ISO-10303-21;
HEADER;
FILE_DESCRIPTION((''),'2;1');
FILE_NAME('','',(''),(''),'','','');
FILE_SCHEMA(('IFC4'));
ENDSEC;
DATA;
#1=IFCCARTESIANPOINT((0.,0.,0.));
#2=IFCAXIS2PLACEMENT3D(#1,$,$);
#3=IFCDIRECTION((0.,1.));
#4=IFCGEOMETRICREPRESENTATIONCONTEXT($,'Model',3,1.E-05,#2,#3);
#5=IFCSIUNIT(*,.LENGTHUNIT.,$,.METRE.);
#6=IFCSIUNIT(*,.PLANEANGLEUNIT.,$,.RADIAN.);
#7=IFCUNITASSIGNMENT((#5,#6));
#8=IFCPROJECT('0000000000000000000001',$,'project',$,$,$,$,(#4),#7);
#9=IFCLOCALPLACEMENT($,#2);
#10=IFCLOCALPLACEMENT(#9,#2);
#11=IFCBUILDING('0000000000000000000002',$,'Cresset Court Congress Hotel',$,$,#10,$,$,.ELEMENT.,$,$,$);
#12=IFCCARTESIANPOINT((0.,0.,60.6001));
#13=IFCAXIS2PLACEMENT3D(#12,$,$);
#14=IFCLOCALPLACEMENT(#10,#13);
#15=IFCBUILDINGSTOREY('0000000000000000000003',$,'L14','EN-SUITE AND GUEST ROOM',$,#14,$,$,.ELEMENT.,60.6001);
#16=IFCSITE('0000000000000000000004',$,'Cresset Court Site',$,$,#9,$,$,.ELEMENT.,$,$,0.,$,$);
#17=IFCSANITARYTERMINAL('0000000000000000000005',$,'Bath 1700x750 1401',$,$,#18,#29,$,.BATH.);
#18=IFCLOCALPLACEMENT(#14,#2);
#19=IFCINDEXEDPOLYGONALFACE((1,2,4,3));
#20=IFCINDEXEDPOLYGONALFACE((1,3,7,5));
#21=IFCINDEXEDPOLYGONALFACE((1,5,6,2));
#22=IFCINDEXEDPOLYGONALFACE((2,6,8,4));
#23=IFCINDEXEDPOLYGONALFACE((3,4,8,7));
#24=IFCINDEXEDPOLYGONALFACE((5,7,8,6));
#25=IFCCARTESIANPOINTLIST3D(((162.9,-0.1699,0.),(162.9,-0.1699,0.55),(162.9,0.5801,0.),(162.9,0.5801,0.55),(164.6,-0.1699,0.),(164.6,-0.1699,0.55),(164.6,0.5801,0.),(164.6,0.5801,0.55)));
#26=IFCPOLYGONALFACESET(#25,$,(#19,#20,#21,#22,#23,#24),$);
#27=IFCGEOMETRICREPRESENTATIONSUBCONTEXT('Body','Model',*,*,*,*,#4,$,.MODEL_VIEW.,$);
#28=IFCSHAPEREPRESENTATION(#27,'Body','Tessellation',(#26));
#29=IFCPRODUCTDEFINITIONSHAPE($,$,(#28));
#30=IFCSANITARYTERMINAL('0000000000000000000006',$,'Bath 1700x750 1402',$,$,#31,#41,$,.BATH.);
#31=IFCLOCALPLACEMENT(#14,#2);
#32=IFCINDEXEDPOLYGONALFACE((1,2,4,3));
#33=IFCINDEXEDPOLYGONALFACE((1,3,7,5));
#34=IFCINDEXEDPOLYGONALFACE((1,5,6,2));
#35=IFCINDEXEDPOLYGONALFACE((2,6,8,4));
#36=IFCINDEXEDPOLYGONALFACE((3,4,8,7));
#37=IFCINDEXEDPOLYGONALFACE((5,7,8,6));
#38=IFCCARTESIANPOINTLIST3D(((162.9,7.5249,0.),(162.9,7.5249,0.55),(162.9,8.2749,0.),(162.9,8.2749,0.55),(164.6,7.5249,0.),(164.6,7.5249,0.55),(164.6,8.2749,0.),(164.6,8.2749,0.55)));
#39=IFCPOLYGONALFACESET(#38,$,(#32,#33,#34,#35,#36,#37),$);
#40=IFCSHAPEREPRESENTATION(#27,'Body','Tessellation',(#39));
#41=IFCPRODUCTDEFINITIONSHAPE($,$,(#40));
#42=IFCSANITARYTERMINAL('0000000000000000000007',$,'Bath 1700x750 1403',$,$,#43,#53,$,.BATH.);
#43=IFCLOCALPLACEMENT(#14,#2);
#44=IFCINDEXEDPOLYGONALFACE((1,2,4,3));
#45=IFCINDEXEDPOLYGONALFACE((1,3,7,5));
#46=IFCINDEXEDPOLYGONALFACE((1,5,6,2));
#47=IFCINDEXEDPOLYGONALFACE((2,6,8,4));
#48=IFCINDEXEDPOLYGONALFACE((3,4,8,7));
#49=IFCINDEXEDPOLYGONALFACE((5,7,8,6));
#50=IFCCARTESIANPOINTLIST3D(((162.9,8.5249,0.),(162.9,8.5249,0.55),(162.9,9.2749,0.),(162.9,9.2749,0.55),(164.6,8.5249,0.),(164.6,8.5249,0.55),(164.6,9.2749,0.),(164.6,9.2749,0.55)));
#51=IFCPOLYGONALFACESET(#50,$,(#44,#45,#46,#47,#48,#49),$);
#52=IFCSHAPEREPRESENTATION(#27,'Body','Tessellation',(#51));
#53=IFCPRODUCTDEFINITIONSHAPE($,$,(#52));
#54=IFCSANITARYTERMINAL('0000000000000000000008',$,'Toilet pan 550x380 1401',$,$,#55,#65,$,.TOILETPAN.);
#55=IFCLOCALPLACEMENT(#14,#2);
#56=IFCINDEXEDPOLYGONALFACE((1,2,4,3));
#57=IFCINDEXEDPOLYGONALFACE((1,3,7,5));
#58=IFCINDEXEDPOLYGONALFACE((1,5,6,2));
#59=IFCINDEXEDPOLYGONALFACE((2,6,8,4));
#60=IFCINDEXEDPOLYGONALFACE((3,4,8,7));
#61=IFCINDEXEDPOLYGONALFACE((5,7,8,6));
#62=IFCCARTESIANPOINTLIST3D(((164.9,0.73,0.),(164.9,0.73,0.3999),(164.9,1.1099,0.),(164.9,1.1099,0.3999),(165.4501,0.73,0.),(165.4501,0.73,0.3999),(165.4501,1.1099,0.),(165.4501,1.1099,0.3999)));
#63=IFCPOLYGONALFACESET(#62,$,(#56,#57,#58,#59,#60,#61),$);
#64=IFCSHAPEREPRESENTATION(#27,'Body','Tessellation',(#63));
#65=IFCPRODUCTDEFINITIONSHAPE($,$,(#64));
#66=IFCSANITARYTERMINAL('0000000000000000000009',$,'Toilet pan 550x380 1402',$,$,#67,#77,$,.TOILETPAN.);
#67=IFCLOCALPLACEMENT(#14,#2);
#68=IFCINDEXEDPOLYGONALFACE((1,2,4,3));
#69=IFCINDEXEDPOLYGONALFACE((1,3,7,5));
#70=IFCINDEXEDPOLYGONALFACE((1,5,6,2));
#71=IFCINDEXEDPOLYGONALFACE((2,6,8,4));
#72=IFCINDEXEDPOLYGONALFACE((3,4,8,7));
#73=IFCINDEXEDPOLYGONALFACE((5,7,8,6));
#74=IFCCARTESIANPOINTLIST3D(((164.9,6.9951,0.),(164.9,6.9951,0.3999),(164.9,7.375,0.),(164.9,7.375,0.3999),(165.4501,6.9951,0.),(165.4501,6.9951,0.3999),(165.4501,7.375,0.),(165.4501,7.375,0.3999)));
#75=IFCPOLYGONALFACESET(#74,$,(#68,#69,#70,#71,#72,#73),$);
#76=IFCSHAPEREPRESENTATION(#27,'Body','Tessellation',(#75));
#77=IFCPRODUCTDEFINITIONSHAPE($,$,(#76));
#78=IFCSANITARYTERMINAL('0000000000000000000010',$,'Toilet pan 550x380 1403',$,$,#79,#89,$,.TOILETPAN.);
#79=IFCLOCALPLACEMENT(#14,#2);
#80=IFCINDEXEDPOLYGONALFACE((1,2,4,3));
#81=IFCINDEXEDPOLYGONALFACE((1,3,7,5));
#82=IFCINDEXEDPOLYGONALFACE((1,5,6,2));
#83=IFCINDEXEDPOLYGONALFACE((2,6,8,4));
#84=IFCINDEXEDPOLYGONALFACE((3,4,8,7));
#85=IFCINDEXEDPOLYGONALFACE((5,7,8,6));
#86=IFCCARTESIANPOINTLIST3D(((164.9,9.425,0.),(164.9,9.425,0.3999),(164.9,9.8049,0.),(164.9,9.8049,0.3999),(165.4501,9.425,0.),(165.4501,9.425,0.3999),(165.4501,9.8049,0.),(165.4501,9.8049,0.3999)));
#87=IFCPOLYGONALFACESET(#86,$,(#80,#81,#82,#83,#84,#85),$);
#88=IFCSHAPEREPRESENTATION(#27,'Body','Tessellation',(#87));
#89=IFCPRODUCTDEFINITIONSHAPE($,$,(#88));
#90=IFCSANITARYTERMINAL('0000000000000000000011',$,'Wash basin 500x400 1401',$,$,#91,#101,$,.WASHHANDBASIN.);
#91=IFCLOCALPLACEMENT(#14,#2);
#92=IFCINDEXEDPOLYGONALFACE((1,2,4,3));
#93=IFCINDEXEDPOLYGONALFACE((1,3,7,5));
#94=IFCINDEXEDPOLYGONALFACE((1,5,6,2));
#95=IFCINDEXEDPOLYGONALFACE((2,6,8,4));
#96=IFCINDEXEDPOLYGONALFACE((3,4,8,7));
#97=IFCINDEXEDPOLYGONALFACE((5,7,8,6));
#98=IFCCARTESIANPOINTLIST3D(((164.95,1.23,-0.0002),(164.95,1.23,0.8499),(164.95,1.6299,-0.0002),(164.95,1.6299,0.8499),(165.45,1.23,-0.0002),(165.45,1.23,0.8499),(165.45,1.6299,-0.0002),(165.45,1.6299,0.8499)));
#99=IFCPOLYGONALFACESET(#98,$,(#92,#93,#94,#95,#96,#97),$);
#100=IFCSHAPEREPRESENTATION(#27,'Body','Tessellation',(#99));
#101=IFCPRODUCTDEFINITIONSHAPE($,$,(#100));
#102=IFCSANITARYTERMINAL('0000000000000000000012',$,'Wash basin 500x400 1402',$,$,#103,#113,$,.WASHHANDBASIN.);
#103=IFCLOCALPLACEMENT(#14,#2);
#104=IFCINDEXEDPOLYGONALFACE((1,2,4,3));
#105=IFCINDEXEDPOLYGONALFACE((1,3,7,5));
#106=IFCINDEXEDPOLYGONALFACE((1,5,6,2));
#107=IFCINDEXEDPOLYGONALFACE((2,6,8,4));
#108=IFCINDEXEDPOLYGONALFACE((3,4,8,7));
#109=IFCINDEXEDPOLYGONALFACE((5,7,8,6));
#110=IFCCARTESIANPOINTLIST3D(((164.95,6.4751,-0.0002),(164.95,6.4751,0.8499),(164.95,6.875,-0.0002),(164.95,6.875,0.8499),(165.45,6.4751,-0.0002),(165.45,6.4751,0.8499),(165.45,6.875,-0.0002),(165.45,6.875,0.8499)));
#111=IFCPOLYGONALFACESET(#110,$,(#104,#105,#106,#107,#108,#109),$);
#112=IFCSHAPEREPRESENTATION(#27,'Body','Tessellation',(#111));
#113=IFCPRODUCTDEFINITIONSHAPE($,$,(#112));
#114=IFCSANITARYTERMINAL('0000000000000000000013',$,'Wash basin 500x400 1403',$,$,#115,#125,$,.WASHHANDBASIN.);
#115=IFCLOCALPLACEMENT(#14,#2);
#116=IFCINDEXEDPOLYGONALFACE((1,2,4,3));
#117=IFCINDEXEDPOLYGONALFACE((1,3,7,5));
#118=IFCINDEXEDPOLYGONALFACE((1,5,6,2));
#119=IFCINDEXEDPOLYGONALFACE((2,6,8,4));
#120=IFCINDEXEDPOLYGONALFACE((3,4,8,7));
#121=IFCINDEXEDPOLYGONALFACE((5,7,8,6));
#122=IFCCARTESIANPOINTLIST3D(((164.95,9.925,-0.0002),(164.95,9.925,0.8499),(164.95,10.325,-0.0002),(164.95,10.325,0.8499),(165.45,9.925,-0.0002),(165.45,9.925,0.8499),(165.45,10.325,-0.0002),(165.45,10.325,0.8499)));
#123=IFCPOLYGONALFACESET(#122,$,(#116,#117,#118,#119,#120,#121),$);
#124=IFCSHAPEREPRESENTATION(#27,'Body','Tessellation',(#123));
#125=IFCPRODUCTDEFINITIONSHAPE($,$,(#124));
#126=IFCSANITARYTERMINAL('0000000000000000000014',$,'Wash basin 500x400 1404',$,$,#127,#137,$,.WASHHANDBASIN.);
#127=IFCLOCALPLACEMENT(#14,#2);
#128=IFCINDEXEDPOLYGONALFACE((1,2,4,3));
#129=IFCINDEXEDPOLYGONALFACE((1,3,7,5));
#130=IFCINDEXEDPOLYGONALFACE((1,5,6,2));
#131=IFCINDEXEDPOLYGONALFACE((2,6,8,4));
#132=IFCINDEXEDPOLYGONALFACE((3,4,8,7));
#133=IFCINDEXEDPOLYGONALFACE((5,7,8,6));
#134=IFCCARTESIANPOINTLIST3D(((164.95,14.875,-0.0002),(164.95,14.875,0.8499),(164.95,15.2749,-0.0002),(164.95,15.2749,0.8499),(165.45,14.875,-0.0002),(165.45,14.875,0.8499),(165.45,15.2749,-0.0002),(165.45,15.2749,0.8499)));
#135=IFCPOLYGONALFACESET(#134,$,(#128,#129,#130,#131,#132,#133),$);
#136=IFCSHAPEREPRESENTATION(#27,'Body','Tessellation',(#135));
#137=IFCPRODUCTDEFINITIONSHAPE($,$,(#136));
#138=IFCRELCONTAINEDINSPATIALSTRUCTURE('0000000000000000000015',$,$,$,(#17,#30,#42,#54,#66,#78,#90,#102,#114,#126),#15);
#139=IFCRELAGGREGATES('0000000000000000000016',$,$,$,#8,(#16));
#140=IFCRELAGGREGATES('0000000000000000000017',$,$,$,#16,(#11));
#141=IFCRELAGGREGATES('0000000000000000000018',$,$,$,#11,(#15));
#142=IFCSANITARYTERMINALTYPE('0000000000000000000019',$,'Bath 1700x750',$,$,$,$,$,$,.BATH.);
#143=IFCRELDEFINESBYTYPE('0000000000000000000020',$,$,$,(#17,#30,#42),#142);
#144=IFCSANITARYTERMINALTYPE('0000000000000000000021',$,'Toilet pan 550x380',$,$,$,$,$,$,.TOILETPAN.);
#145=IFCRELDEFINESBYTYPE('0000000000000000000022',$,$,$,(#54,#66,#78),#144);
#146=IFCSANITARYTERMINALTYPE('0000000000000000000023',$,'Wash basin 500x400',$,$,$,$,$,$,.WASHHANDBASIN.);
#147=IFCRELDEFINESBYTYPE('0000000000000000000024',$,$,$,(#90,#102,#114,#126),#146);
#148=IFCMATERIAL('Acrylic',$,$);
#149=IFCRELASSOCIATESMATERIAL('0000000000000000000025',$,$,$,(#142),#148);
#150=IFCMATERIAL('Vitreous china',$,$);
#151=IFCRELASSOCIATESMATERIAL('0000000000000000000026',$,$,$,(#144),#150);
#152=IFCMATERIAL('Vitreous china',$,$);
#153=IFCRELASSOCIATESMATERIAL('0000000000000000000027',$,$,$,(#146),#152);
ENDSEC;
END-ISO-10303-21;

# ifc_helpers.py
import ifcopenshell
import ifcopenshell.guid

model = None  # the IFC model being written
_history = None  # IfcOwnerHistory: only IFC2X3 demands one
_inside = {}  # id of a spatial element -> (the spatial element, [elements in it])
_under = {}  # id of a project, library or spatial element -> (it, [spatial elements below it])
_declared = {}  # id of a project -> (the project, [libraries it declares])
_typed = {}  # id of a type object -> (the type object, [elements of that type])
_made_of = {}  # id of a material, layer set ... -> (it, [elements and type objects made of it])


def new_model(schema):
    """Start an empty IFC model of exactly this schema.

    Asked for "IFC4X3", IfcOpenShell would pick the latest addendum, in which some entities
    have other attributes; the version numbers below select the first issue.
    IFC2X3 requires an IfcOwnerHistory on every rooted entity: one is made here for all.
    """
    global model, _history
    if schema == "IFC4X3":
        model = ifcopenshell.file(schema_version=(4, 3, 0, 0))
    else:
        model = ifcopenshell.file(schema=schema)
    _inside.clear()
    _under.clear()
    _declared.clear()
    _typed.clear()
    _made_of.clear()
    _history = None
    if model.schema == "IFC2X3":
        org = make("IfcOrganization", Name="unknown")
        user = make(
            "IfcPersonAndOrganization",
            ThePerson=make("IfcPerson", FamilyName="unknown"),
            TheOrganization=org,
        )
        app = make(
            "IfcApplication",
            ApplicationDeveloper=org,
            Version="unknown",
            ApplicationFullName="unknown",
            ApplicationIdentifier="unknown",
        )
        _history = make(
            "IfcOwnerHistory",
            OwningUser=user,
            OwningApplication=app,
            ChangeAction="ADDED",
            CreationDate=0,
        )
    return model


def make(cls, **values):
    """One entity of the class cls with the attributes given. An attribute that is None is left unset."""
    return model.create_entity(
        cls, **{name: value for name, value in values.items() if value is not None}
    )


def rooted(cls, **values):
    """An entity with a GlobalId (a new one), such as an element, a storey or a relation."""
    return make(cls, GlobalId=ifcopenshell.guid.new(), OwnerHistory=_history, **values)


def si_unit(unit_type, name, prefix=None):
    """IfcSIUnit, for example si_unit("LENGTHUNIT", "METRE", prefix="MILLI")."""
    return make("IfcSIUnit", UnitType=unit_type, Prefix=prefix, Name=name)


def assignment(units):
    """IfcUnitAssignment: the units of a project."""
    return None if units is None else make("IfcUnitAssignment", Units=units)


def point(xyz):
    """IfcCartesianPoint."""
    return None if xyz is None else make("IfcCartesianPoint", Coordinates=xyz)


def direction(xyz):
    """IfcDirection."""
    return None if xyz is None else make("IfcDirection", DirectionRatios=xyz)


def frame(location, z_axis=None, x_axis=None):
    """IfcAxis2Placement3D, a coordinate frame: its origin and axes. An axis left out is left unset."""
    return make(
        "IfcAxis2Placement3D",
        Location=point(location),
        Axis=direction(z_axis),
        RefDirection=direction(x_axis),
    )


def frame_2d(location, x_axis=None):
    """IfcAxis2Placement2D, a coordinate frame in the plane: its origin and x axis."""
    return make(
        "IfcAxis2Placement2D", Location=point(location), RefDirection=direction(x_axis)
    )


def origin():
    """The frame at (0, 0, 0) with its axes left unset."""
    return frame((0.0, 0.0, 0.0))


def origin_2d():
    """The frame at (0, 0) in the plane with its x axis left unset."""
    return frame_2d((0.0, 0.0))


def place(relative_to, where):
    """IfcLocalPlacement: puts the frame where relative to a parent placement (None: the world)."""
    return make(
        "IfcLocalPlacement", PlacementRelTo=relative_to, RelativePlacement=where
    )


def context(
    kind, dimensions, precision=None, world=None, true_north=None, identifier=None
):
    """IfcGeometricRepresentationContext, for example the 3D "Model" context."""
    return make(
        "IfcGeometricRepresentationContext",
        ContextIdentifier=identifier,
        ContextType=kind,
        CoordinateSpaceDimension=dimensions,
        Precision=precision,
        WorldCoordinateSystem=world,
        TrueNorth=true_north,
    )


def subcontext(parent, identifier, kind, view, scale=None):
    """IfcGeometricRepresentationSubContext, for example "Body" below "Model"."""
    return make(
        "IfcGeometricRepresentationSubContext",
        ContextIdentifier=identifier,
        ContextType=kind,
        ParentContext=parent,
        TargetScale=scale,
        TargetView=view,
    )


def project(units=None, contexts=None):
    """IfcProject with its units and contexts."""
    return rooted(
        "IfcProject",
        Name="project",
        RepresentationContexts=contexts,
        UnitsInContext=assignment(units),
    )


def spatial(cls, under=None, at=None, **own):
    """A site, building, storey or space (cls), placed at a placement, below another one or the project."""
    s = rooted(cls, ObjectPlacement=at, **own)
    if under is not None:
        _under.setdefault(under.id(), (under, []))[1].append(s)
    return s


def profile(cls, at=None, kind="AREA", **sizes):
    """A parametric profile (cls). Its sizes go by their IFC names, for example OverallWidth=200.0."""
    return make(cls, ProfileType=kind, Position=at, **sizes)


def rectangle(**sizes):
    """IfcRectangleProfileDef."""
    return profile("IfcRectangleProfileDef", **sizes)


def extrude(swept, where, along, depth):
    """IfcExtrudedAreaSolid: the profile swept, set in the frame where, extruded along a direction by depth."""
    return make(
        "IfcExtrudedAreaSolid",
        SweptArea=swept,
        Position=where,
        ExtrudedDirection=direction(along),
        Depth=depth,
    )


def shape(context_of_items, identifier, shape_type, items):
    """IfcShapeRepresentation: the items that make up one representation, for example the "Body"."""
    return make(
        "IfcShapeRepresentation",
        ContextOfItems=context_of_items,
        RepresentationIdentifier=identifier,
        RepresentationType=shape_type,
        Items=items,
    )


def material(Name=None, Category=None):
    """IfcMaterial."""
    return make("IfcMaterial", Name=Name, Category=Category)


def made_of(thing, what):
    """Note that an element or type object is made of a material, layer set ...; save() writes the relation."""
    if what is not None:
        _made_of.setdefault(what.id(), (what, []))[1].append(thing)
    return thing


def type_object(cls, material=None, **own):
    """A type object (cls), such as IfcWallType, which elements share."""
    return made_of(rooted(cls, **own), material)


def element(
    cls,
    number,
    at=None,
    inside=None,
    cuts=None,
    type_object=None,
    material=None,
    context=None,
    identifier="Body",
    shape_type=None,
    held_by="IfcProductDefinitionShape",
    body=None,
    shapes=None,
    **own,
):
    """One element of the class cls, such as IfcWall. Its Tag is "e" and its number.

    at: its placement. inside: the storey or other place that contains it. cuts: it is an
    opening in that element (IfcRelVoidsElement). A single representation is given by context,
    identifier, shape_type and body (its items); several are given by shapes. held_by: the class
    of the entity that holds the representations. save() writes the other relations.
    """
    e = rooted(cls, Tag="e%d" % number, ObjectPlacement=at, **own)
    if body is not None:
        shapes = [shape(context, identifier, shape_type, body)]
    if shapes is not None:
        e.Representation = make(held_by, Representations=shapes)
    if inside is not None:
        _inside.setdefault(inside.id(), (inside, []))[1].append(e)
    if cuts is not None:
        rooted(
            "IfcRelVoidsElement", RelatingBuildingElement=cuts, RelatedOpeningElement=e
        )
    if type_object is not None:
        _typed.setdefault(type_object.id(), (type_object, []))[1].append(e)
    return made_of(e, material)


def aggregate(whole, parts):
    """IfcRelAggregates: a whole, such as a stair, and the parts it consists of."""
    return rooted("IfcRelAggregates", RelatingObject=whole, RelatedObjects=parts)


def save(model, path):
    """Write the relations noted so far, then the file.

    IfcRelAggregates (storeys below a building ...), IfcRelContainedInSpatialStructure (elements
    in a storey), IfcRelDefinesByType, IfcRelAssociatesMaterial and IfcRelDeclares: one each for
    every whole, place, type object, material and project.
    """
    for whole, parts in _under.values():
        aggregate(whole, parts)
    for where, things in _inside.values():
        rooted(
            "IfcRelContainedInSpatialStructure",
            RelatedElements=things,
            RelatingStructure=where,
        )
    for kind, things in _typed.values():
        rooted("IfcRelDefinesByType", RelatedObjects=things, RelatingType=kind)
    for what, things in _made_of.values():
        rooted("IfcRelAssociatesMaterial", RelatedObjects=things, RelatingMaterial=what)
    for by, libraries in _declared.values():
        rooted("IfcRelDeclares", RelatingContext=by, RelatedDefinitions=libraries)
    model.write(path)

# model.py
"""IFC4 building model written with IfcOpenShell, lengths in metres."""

from ifc_helpers import new_model, si_unit, direction, frame, origin, origin_2d, place, context, subcontext, project, spatial, rectangle, extrude, material, type_object, element, save


model = new_model("IFC4")

# Units and contexts
model_context = context("Model", 3, precision=1e-05, world=origin(), true_north=direction((0.0, 1.0)))
body_context = subcontext(model_context, "Body", "Model", "MODEL_VIEW")
ifc_project = project(units=[si_unit("LENGTHUNIT", "METRE"), si_unit("PLANEANGLEUNIT", "RADIAN")], contexts=[model_context])

# Site, building, storey
site_placement = place(None, origin())
site = spatial("IfcSite", under=ifc_project, at=site_placement, Name="Cresset Court Site", CompositionType="ELEMENT", RefElevation=0.0)
building_placement = place(site_placement, origin())
building = spatial("IfcBuilding", under=site, at=building_placement, Name="Cresset Court Congress Hotel", CompositionType="ELEMENT")
storey_placement = place(building_placement, frame((0.0, 0.0, 60.6001)))
storey = spatial("IfcBuildingStorey", under=building, at=storey_placement, Name="L14", Description="EN-SUITE AND GUEST ROOM", CompositionType="ELEMENT", Elevation=60.6001)

# Sanitary terminals
ifc_material_1 = material(Name="Acrylic")
sanitary_terminal_type_1 = type_object("IfcSanitaryTerminalType", Name="Bath 1700x750", PredefinedType="BATH", material=ifc_material_1)
for number, where, z_axis, x_axis, name in (
    (1, (163.75, 0.2051, 0.0), (0.0, 0.0, 1.0), (1.0, 0.0, 0.0), "Bath 1700x750 1401"),
    (2, (163.75, 7.8999, 0.0), (0.0, 0.0, 1.0), (1.0, 0.0, 0.0), "Bath 1700x750 1402"),
    (3, (163.75, 8.8999, 0.0), (0.0, 0.0, 1.0), (1.0, 0.0, 0.0), "Bath 1700x750 1403"),
):
    element("IfcSanitaryTerminal", number, at=place(storey_placement, frame(where, z_axis=z_axis, x_axis=x_axis)), inside=storey, type_object=sanitary_terminal_type_1, Name=name, PredefinedType="BATH", context=body_context, shape_type="SweptSolid", body=[
        extrude(rectangle(XDim=1.7, YDim=0.75, at=origin_2d()), origin(), (0.0, 0.0, 1.0), 0.55),
    ])
ifc_material_2 = material(Name="Vitreous china")
sanitary_terminal_type_2 = type_object("IfcSanitaryTerminalType", Name="Toilet pan 550x380", PredefinedType="TOILETPAN", material=ifc_material_2)
for number, where, z_axis, x_axis, name in (
    (4, (165.175, 0.9199, 0.0), (0.0, 0.0, 1.0), (1.0, 0.0, 0.0), "Toilet pan 550x380 1401"),
    (5, (165.175, 7.1851, 0.0), (0.0, 0.0, 1.0), (1.0, 0.0, 0.0), "Toilet pan 550x380 1402"),
    (6, (165.175, 9.615, 0.0), (0.0, 0.0, 1.0), (1.0, 0.0, 0.0), "Toilet pan 550x380 1403"),
):
    element("IfcSanitaryTerminal", number, at=place(storey_placement, frame(where, z_axis=z_axis, x_axis=x_axis)), inside=storey, type_object=sanitary_terminal_type_2, Name=name, PredefinedType="TOILETPAN", context=body_context, shape_type="SweptSolid", body=[
        extrude(rectangle(XDim=0.55, YDim=0.3799, at=origin_2d()), origin(), (0.0, 0.0, 1.0), 0.3999),
    ])
ifc_material_3 = material(Name="Vitreous china")
sanitary_terminal_type_3 = type_object("IfcSanitaryTerminalType", Name="Wash basin 500x400", PredefinedType="WASHHANDBASIN", material=ifc_material_3)
for number, where, z_axis, x_axis, name in (
    (7, (165.2, 1.4299, -0.0002), (0.0, 0.0, 1.0), (1.0, 0.0, 0.0), "Wash basin 500x400 1401"),
    (8, (165.2, 6.675, -0.0002), (0.0, 0.0, 1.0), (1.0, 0.0, 0.0), "Wash basin 500x400 1402"),
    (9, (165.2, 10.125, -0.0002), (0.0, 0.0, 1.0), (1.0, 0.0, 0.0), "Wash basin 500x400 1403"),
    (10, (165.2, 15.075, -0.0002), (0.0, 0.0, 1.0), (1.0, 0.0, 0.0), "Wash basin 500x400 1404"),
):
    element("IfcSanitaryTerminal", number, at=place(storey_placement, frame(where, z_axis=z_axis, x_axis=x_axis)), inside=storey, type_object=sanitary_terminal_type_3, Name=name, PredefinedType="WASHHANDBASIN", context=body_context, shape_type="SweptSolid", body=[
        extrude(rectangle(XDim=0.5, YDim=0.3999, at=origin_2d()), origin(), (0.0, 0.0, 1.0), 0.8501),
    ])

save(model, "model.ifc")
